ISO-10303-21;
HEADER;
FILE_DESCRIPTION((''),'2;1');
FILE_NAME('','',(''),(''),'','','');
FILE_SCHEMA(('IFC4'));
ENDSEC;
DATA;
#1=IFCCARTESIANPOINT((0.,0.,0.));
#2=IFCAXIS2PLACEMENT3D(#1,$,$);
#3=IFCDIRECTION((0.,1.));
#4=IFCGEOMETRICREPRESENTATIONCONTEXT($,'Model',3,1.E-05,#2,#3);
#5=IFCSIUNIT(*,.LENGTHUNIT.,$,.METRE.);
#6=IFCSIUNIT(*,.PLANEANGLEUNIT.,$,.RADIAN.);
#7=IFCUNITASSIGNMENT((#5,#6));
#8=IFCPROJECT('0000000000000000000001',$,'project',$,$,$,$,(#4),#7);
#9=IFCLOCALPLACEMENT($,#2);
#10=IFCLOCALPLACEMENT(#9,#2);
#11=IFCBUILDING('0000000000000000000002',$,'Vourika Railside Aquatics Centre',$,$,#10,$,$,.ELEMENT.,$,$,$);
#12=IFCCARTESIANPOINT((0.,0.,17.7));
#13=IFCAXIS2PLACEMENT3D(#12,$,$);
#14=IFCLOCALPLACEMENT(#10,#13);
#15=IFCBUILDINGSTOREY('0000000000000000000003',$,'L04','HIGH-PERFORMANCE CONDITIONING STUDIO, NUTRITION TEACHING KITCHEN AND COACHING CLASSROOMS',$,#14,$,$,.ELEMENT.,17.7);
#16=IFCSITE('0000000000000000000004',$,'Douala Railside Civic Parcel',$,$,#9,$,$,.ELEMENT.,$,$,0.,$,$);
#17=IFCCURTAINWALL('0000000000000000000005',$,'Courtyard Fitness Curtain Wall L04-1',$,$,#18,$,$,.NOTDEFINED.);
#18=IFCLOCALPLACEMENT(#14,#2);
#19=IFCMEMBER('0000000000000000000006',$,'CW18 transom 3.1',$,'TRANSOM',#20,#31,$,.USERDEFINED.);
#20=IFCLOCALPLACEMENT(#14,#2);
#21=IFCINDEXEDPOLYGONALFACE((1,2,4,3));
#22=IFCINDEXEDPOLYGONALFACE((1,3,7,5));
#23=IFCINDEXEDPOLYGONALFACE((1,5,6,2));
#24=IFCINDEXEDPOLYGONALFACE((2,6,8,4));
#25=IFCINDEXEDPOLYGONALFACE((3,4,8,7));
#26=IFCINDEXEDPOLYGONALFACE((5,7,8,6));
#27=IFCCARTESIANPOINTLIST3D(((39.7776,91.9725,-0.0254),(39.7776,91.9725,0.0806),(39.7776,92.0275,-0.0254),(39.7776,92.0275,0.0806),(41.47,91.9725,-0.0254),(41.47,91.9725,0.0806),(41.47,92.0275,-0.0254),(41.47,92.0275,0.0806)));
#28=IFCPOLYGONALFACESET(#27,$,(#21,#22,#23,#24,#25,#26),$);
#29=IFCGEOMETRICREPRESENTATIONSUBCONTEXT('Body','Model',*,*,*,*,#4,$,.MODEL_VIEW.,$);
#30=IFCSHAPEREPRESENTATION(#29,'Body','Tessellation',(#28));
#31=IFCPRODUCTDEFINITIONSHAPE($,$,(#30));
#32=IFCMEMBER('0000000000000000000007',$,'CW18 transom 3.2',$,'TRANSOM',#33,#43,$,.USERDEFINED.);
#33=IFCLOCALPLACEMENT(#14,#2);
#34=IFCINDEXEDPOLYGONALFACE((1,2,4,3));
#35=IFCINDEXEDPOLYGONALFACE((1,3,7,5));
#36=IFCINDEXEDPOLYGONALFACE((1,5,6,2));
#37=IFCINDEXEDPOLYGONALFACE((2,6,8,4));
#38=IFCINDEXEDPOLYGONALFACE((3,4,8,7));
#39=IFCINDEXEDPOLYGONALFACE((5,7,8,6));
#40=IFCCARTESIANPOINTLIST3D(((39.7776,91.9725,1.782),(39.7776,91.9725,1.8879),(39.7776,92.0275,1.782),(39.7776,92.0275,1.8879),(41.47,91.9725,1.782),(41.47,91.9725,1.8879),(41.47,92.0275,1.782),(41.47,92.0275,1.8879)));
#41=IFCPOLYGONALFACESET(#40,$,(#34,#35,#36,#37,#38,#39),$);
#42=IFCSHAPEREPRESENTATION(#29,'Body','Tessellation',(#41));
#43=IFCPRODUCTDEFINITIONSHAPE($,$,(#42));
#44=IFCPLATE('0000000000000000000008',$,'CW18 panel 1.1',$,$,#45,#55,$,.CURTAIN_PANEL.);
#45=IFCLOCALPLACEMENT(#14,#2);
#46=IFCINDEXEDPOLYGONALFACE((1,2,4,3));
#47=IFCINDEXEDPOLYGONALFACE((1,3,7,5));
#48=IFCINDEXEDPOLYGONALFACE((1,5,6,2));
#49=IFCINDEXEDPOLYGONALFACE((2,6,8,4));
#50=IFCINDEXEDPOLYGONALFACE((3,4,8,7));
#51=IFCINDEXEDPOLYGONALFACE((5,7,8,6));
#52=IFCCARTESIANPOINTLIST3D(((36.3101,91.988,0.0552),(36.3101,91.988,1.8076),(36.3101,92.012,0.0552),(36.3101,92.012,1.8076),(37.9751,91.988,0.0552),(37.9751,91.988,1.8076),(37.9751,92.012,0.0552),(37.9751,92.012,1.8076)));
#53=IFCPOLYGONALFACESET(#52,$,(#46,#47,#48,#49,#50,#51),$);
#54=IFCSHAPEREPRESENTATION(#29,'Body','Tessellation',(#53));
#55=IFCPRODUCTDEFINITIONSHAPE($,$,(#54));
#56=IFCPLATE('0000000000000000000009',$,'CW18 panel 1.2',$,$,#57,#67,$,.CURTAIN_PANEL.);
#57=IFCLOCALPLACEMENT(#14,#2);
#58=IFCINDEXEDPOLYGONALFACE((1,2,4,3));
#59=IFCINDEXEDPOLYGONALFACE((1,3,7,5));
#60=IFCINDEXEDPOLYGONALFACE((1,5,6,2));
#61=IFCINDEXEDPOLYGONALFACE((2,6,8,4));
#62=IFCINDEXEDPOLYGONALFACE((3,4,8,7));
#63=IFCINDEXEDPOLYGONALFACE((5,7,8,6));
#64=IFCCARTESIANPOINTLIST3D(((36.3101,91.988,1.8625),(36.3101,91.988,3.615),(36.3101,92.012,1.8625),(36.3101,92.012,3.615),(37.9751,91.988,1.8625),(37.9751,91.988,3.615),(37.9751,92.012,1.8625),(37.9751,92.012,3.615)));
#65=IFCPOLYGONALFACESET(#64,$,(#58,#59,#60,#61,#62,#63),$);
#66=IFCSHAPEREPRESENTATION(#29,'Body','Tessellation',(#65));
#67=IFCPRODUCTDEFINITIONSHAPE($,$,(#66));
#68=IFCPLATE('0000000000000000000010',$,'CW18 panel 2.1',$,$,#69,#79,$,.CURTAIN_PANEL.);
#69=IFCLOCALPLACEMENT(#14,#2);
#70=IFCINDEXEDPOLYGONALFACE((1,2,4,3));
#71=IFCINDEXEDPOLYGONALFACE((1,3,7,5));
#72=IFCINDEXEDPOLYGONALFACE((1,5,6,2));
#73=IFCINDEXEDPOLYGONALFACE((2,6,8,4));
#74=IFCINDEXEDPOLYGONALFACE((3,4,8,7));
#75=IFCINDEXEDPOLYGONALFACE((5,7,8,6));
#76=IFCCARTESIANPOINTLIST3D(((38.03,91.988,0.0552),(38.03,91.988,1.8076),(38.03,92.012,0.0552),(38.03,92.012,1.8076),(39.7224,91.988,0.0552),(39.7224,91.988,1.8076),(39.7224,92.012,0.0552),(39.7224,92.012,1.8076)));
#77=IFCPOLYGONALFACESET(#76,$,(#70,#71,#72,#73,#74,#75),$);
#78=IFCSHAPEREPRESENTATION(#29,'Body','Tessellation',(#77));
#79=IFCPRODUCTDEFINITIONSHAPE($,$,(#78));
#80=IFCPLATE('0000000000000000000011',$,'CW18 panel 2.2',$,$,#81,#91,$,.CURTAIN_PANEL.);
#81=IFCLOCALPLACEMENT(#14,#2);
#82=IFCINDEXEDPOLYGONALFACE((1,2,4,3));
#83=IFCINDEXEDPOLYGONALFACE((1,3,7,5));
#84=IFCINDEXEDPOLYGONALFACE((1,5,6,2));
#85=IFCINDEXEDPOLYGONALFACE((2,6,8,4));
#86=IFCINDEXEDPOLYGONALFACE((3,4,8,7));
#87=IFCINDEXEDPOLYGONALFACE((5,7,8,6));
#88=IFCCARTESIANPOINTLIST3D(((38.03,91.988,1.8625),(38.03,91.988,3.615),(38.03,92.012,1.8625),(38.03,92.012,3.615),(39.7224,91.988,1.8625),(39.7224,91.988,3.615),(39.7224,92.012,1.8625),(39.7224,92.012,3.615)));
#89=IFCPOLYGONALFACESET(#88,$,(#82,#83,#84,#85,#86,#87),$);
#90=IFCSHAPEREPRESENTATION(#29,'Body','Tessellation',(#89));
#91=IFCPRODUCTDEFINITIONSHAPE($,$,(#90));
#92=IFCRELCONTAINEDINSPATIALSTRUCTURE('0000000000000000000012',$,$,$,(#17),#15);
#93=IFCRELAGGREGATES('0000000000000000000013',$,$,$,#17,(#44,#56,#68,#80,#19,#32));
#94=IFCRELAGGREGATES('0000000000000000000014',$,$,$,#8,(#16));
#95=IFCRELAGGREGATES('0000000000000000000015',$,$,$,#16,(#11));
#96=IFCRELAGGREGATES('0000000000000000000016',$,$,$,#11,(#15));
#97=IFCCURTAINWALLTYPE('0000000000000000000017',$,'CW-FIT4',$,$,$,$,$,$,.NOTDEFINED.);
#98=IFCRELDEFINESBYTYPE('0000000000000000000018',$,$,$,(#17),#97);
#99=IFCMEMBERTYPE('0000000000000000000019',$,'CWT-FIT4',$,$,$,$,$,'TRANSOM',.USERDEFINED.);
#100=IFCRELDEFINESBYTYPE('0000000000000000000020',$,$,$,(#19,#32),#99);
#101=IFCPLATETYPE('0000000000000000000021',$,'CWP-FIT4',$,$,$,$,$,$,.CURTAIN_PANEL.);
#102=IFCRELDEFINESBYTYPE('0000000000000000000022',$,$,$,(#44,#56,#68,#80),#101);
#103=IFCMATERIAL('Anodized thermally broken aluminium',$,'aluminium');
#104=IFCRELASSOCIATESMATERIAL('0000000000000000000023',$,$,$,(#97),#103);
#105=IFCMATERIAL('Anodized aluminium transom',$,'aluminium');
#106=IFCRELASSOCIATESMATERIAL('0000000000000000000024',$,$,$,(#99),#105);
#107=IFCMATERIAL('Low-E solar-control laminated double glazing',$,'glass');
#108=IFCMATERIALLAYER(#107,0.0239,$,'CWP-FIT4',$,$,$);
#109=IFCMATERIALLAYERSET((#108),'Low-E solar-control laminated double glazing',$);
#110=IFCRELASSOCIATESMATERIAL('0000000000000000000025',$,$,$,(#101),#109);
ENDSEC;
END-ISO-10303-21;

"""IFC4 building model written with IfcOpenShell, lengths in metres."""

from ifc_helpers import new_model, si_unit, direction, frame, origin, origin_2d, place, context, subcontext, project, spatial, rectangle, extrude, material, layer, layer_set, material_profile, profile_set, type_object, element, aggregate, save


model = new_model("IFC4")

# Units and contexts
model_context = context("Model", 3, precision=1e-05, world=origin(), true_north=direction((0.0, 1.0)))
body_context = subcontext(model_context, "Body", "Model", "MODEL_VIEW")
ifc_project = project(units=[si_unit("LENGTHUNIT", "METRE"), si_unit("PLANEANGLEUNIT", "RADIAN")], contexts=[model_context])

# Site, building, storey
site_placement = place(None, origin())
site = spatial("IfcSite", under=ifc_project, at=site_placement, Name="Douala Railside Civic Parcel", CompositionType="ELEMENT", RefElevation=0.0)
building_placement = place(site_placement, origin())
building = spatial("IfcBuilding", under=site, at=building_placement, Name="Vourika Railside Aquatics Centre", CompositionType="ELEMENT")
storey_placement = place(building_placement, frame((0.0, 0.0, 17.7)))
storey = spatial("IfcBuildingStorey", under=building, at=storey_placement, Name="L04", Description="HIGH-PERFORMANCE CONDITIONING STUDIO, NUTRITION TEACHING KITCHEN AND COACHING CLASSROOMS", CompositionType="ELEMENT", Elevation=17.7)

# Curtain wall, members, plates
ifc_material_1 = material(Name="Anodized thermally broken aluminium", Category="aluminium")
curtain_wall_type = type_object("IfcCurtainWallType", Name="CW-FIT4", PredefinedType="NOTDEFINED", material=ifc_material_1)
curtain_wall_placement = place(storey_placement, origin())
curtain_wall = element("IfcCurtainWall", 1, at=curtain_wall_placement, inside=storey, type_object=curtain_wall_type, Name="Courtyard Fitness Curtain Wall L04-1", PredefinedType="NOTDEFINED")
ifc_material_2 = material(Name="Anodized aluminium transom", Category="aluminium")
ifc_material_profile_1 = material_profile(ifc_material_2, rectangle(XDim=0.0549, YDim=0.106, at=origin_2d()), Name="ALU-T 55x106")
ifc_profile_set_1 = profile_set([ifc_material_profile_1], Name="Anodized aluminium transom")
member_type_1 = type_object("IfcMemberType", Name="CWT-FIT4", ElementType="TRANSOM", PredefinedType="USERDEFINED", material=ifc_profile_set_1)
member_1_placement = place(storey_placement, frame((39.7776, 92.0, 0.0276), z_axis=(1.0, 0.0, 0.0), x_axis=(0.0, 1.0, 0.0)))
member_1 = element("IfcMember", 2, at=member_1_placement, type_object=member_type_1, Name="CW18 transom 3.1", ObjectType="TRANSOM", PredefinedType="USERDEFINED", context=body_context, shape_type="SweptSolid", body=[
    extrude(rectangle(XDim=0.0549, YDim=0.106, at=origin_2d()), origin(), (0.0, 0.0, 1.0), 1.6924),
])
member_2_placement = place(storey_placement, frame((39.7776, 92.0, 1.835), z_axis=(1.0, 0.0, 0.0), x_axis=(0.0, 1.0, 0.0)))
member_2 = element("IfcMember", 3, at=member_2_placement, type_object=member_type_1, Name="CW18 transom 3.2", ObjectType="TRANSOM", PredefinedType="USERDEFINED", context=body_context, shape_type="SweptSolid", body=[
    extrude(rectangle(XDim=0.0549, YDim=0.106, at=origin_2d()), origin(), (0.0, 0.0, 1.0), 1.6924),
])
ifc_material_3 = material(Name="Low-E solar-control laminated double glazing", Category="glass")
ifc_layer = layer(ifc_material_3, 0.0239, Name="CWP-FIT4")
ifc_layer_set = layer_set([ifc_layer], Name="Low-E solar-control laminated double glazing")
plate_type = type_object("IfcPlateType", Name="CWP-FIT4", PredefinedType="CURTAIN_PANEL", material=ifc_layer_set)
plate_1_placement = place(storey_placement, frame((37.1426, 92.0, 0.0552), z_axis=(0.0, 0.0, 1.0), x_axis=(1.0, 0.0, 0.0)))
plate_1 = element("IfcPlate", 4, at=plate_1_placement, type_object=plate_type, Name="CW18 panel 1.1", PredefinedType="CURTAIN_PANEL", context=body_context, shape_type="SweptSolid", body=[
    extrude(rectangle(XDim=1.665, YDim=0.0239, at=origin_2d()), origin(), (0.0, 0.0, 1.0), 1.7524),
])
plate_2_placement = place(storey_placement, frame((37.1426, 92.0, 1.8625), z_axis=(0.0, 0.0, 1.0), x_axis=(1.0, 0.0, 0.0)))
plate_2 = element("IfcPlate", 5, at=plate_2_placement, type_object=plate_type, Name="CW18 panel 1.2", PredefinedType="CURTAIN_PANEL", context=body_context, shape_type="SweptSolid", body=[
    extrude(rectangle(XDim=1.665, YDim=0.0239, at=origin_2d()), origin(), (0.0, 0.0, 1.0), 1.7524),
])
plate_3_placement = place(storey_placement, frame((38.8762, 92.0, 0.0552), z_axis=(0.0, 0.0, 1.0), x_axis=(1.0, 0.0, 0.0)))
plate_3 = element("IfcPlate", 6, at=plate_3_placement, type_object=plate_type, Name="CW18 panel 2.1", PredefinedType="CURTAIN_PANEL", context=body_context, shape_type="SweptSolid", body=[
    extrude(rectangle(XDim=1.6924, YDim=0.0239, at=origin_2d()), origin(), (0.0, 0.0, 1.0), 1.7524),
])
plate_4_placement = place(storey_placement, frame((38.8762, 92.0, 1.8625), z_axis=(0.0, 0.0, 1.0), x_axis=(1.0, 0.0, 0.0)))
plate_4 = element("IfcPlate", 7, at=plate_4_placement, type_object=plate_type, Name="CW18 panel 2.2", PredefinedType="CURTAIN_PANEL", context=body_context, shape_type="SweptSolid", body=[
    extrude(rectangle(XDim=1.6924, YDim=0.0239, at=origin_2d()), origin(), (0.0, 0.0, 1.0), 1.7524),
])
aggregate(curtain_wall, [plate_1, plate_2, plate_3, plate_4, member_1, member_2])

save(model, "model.ifc")
